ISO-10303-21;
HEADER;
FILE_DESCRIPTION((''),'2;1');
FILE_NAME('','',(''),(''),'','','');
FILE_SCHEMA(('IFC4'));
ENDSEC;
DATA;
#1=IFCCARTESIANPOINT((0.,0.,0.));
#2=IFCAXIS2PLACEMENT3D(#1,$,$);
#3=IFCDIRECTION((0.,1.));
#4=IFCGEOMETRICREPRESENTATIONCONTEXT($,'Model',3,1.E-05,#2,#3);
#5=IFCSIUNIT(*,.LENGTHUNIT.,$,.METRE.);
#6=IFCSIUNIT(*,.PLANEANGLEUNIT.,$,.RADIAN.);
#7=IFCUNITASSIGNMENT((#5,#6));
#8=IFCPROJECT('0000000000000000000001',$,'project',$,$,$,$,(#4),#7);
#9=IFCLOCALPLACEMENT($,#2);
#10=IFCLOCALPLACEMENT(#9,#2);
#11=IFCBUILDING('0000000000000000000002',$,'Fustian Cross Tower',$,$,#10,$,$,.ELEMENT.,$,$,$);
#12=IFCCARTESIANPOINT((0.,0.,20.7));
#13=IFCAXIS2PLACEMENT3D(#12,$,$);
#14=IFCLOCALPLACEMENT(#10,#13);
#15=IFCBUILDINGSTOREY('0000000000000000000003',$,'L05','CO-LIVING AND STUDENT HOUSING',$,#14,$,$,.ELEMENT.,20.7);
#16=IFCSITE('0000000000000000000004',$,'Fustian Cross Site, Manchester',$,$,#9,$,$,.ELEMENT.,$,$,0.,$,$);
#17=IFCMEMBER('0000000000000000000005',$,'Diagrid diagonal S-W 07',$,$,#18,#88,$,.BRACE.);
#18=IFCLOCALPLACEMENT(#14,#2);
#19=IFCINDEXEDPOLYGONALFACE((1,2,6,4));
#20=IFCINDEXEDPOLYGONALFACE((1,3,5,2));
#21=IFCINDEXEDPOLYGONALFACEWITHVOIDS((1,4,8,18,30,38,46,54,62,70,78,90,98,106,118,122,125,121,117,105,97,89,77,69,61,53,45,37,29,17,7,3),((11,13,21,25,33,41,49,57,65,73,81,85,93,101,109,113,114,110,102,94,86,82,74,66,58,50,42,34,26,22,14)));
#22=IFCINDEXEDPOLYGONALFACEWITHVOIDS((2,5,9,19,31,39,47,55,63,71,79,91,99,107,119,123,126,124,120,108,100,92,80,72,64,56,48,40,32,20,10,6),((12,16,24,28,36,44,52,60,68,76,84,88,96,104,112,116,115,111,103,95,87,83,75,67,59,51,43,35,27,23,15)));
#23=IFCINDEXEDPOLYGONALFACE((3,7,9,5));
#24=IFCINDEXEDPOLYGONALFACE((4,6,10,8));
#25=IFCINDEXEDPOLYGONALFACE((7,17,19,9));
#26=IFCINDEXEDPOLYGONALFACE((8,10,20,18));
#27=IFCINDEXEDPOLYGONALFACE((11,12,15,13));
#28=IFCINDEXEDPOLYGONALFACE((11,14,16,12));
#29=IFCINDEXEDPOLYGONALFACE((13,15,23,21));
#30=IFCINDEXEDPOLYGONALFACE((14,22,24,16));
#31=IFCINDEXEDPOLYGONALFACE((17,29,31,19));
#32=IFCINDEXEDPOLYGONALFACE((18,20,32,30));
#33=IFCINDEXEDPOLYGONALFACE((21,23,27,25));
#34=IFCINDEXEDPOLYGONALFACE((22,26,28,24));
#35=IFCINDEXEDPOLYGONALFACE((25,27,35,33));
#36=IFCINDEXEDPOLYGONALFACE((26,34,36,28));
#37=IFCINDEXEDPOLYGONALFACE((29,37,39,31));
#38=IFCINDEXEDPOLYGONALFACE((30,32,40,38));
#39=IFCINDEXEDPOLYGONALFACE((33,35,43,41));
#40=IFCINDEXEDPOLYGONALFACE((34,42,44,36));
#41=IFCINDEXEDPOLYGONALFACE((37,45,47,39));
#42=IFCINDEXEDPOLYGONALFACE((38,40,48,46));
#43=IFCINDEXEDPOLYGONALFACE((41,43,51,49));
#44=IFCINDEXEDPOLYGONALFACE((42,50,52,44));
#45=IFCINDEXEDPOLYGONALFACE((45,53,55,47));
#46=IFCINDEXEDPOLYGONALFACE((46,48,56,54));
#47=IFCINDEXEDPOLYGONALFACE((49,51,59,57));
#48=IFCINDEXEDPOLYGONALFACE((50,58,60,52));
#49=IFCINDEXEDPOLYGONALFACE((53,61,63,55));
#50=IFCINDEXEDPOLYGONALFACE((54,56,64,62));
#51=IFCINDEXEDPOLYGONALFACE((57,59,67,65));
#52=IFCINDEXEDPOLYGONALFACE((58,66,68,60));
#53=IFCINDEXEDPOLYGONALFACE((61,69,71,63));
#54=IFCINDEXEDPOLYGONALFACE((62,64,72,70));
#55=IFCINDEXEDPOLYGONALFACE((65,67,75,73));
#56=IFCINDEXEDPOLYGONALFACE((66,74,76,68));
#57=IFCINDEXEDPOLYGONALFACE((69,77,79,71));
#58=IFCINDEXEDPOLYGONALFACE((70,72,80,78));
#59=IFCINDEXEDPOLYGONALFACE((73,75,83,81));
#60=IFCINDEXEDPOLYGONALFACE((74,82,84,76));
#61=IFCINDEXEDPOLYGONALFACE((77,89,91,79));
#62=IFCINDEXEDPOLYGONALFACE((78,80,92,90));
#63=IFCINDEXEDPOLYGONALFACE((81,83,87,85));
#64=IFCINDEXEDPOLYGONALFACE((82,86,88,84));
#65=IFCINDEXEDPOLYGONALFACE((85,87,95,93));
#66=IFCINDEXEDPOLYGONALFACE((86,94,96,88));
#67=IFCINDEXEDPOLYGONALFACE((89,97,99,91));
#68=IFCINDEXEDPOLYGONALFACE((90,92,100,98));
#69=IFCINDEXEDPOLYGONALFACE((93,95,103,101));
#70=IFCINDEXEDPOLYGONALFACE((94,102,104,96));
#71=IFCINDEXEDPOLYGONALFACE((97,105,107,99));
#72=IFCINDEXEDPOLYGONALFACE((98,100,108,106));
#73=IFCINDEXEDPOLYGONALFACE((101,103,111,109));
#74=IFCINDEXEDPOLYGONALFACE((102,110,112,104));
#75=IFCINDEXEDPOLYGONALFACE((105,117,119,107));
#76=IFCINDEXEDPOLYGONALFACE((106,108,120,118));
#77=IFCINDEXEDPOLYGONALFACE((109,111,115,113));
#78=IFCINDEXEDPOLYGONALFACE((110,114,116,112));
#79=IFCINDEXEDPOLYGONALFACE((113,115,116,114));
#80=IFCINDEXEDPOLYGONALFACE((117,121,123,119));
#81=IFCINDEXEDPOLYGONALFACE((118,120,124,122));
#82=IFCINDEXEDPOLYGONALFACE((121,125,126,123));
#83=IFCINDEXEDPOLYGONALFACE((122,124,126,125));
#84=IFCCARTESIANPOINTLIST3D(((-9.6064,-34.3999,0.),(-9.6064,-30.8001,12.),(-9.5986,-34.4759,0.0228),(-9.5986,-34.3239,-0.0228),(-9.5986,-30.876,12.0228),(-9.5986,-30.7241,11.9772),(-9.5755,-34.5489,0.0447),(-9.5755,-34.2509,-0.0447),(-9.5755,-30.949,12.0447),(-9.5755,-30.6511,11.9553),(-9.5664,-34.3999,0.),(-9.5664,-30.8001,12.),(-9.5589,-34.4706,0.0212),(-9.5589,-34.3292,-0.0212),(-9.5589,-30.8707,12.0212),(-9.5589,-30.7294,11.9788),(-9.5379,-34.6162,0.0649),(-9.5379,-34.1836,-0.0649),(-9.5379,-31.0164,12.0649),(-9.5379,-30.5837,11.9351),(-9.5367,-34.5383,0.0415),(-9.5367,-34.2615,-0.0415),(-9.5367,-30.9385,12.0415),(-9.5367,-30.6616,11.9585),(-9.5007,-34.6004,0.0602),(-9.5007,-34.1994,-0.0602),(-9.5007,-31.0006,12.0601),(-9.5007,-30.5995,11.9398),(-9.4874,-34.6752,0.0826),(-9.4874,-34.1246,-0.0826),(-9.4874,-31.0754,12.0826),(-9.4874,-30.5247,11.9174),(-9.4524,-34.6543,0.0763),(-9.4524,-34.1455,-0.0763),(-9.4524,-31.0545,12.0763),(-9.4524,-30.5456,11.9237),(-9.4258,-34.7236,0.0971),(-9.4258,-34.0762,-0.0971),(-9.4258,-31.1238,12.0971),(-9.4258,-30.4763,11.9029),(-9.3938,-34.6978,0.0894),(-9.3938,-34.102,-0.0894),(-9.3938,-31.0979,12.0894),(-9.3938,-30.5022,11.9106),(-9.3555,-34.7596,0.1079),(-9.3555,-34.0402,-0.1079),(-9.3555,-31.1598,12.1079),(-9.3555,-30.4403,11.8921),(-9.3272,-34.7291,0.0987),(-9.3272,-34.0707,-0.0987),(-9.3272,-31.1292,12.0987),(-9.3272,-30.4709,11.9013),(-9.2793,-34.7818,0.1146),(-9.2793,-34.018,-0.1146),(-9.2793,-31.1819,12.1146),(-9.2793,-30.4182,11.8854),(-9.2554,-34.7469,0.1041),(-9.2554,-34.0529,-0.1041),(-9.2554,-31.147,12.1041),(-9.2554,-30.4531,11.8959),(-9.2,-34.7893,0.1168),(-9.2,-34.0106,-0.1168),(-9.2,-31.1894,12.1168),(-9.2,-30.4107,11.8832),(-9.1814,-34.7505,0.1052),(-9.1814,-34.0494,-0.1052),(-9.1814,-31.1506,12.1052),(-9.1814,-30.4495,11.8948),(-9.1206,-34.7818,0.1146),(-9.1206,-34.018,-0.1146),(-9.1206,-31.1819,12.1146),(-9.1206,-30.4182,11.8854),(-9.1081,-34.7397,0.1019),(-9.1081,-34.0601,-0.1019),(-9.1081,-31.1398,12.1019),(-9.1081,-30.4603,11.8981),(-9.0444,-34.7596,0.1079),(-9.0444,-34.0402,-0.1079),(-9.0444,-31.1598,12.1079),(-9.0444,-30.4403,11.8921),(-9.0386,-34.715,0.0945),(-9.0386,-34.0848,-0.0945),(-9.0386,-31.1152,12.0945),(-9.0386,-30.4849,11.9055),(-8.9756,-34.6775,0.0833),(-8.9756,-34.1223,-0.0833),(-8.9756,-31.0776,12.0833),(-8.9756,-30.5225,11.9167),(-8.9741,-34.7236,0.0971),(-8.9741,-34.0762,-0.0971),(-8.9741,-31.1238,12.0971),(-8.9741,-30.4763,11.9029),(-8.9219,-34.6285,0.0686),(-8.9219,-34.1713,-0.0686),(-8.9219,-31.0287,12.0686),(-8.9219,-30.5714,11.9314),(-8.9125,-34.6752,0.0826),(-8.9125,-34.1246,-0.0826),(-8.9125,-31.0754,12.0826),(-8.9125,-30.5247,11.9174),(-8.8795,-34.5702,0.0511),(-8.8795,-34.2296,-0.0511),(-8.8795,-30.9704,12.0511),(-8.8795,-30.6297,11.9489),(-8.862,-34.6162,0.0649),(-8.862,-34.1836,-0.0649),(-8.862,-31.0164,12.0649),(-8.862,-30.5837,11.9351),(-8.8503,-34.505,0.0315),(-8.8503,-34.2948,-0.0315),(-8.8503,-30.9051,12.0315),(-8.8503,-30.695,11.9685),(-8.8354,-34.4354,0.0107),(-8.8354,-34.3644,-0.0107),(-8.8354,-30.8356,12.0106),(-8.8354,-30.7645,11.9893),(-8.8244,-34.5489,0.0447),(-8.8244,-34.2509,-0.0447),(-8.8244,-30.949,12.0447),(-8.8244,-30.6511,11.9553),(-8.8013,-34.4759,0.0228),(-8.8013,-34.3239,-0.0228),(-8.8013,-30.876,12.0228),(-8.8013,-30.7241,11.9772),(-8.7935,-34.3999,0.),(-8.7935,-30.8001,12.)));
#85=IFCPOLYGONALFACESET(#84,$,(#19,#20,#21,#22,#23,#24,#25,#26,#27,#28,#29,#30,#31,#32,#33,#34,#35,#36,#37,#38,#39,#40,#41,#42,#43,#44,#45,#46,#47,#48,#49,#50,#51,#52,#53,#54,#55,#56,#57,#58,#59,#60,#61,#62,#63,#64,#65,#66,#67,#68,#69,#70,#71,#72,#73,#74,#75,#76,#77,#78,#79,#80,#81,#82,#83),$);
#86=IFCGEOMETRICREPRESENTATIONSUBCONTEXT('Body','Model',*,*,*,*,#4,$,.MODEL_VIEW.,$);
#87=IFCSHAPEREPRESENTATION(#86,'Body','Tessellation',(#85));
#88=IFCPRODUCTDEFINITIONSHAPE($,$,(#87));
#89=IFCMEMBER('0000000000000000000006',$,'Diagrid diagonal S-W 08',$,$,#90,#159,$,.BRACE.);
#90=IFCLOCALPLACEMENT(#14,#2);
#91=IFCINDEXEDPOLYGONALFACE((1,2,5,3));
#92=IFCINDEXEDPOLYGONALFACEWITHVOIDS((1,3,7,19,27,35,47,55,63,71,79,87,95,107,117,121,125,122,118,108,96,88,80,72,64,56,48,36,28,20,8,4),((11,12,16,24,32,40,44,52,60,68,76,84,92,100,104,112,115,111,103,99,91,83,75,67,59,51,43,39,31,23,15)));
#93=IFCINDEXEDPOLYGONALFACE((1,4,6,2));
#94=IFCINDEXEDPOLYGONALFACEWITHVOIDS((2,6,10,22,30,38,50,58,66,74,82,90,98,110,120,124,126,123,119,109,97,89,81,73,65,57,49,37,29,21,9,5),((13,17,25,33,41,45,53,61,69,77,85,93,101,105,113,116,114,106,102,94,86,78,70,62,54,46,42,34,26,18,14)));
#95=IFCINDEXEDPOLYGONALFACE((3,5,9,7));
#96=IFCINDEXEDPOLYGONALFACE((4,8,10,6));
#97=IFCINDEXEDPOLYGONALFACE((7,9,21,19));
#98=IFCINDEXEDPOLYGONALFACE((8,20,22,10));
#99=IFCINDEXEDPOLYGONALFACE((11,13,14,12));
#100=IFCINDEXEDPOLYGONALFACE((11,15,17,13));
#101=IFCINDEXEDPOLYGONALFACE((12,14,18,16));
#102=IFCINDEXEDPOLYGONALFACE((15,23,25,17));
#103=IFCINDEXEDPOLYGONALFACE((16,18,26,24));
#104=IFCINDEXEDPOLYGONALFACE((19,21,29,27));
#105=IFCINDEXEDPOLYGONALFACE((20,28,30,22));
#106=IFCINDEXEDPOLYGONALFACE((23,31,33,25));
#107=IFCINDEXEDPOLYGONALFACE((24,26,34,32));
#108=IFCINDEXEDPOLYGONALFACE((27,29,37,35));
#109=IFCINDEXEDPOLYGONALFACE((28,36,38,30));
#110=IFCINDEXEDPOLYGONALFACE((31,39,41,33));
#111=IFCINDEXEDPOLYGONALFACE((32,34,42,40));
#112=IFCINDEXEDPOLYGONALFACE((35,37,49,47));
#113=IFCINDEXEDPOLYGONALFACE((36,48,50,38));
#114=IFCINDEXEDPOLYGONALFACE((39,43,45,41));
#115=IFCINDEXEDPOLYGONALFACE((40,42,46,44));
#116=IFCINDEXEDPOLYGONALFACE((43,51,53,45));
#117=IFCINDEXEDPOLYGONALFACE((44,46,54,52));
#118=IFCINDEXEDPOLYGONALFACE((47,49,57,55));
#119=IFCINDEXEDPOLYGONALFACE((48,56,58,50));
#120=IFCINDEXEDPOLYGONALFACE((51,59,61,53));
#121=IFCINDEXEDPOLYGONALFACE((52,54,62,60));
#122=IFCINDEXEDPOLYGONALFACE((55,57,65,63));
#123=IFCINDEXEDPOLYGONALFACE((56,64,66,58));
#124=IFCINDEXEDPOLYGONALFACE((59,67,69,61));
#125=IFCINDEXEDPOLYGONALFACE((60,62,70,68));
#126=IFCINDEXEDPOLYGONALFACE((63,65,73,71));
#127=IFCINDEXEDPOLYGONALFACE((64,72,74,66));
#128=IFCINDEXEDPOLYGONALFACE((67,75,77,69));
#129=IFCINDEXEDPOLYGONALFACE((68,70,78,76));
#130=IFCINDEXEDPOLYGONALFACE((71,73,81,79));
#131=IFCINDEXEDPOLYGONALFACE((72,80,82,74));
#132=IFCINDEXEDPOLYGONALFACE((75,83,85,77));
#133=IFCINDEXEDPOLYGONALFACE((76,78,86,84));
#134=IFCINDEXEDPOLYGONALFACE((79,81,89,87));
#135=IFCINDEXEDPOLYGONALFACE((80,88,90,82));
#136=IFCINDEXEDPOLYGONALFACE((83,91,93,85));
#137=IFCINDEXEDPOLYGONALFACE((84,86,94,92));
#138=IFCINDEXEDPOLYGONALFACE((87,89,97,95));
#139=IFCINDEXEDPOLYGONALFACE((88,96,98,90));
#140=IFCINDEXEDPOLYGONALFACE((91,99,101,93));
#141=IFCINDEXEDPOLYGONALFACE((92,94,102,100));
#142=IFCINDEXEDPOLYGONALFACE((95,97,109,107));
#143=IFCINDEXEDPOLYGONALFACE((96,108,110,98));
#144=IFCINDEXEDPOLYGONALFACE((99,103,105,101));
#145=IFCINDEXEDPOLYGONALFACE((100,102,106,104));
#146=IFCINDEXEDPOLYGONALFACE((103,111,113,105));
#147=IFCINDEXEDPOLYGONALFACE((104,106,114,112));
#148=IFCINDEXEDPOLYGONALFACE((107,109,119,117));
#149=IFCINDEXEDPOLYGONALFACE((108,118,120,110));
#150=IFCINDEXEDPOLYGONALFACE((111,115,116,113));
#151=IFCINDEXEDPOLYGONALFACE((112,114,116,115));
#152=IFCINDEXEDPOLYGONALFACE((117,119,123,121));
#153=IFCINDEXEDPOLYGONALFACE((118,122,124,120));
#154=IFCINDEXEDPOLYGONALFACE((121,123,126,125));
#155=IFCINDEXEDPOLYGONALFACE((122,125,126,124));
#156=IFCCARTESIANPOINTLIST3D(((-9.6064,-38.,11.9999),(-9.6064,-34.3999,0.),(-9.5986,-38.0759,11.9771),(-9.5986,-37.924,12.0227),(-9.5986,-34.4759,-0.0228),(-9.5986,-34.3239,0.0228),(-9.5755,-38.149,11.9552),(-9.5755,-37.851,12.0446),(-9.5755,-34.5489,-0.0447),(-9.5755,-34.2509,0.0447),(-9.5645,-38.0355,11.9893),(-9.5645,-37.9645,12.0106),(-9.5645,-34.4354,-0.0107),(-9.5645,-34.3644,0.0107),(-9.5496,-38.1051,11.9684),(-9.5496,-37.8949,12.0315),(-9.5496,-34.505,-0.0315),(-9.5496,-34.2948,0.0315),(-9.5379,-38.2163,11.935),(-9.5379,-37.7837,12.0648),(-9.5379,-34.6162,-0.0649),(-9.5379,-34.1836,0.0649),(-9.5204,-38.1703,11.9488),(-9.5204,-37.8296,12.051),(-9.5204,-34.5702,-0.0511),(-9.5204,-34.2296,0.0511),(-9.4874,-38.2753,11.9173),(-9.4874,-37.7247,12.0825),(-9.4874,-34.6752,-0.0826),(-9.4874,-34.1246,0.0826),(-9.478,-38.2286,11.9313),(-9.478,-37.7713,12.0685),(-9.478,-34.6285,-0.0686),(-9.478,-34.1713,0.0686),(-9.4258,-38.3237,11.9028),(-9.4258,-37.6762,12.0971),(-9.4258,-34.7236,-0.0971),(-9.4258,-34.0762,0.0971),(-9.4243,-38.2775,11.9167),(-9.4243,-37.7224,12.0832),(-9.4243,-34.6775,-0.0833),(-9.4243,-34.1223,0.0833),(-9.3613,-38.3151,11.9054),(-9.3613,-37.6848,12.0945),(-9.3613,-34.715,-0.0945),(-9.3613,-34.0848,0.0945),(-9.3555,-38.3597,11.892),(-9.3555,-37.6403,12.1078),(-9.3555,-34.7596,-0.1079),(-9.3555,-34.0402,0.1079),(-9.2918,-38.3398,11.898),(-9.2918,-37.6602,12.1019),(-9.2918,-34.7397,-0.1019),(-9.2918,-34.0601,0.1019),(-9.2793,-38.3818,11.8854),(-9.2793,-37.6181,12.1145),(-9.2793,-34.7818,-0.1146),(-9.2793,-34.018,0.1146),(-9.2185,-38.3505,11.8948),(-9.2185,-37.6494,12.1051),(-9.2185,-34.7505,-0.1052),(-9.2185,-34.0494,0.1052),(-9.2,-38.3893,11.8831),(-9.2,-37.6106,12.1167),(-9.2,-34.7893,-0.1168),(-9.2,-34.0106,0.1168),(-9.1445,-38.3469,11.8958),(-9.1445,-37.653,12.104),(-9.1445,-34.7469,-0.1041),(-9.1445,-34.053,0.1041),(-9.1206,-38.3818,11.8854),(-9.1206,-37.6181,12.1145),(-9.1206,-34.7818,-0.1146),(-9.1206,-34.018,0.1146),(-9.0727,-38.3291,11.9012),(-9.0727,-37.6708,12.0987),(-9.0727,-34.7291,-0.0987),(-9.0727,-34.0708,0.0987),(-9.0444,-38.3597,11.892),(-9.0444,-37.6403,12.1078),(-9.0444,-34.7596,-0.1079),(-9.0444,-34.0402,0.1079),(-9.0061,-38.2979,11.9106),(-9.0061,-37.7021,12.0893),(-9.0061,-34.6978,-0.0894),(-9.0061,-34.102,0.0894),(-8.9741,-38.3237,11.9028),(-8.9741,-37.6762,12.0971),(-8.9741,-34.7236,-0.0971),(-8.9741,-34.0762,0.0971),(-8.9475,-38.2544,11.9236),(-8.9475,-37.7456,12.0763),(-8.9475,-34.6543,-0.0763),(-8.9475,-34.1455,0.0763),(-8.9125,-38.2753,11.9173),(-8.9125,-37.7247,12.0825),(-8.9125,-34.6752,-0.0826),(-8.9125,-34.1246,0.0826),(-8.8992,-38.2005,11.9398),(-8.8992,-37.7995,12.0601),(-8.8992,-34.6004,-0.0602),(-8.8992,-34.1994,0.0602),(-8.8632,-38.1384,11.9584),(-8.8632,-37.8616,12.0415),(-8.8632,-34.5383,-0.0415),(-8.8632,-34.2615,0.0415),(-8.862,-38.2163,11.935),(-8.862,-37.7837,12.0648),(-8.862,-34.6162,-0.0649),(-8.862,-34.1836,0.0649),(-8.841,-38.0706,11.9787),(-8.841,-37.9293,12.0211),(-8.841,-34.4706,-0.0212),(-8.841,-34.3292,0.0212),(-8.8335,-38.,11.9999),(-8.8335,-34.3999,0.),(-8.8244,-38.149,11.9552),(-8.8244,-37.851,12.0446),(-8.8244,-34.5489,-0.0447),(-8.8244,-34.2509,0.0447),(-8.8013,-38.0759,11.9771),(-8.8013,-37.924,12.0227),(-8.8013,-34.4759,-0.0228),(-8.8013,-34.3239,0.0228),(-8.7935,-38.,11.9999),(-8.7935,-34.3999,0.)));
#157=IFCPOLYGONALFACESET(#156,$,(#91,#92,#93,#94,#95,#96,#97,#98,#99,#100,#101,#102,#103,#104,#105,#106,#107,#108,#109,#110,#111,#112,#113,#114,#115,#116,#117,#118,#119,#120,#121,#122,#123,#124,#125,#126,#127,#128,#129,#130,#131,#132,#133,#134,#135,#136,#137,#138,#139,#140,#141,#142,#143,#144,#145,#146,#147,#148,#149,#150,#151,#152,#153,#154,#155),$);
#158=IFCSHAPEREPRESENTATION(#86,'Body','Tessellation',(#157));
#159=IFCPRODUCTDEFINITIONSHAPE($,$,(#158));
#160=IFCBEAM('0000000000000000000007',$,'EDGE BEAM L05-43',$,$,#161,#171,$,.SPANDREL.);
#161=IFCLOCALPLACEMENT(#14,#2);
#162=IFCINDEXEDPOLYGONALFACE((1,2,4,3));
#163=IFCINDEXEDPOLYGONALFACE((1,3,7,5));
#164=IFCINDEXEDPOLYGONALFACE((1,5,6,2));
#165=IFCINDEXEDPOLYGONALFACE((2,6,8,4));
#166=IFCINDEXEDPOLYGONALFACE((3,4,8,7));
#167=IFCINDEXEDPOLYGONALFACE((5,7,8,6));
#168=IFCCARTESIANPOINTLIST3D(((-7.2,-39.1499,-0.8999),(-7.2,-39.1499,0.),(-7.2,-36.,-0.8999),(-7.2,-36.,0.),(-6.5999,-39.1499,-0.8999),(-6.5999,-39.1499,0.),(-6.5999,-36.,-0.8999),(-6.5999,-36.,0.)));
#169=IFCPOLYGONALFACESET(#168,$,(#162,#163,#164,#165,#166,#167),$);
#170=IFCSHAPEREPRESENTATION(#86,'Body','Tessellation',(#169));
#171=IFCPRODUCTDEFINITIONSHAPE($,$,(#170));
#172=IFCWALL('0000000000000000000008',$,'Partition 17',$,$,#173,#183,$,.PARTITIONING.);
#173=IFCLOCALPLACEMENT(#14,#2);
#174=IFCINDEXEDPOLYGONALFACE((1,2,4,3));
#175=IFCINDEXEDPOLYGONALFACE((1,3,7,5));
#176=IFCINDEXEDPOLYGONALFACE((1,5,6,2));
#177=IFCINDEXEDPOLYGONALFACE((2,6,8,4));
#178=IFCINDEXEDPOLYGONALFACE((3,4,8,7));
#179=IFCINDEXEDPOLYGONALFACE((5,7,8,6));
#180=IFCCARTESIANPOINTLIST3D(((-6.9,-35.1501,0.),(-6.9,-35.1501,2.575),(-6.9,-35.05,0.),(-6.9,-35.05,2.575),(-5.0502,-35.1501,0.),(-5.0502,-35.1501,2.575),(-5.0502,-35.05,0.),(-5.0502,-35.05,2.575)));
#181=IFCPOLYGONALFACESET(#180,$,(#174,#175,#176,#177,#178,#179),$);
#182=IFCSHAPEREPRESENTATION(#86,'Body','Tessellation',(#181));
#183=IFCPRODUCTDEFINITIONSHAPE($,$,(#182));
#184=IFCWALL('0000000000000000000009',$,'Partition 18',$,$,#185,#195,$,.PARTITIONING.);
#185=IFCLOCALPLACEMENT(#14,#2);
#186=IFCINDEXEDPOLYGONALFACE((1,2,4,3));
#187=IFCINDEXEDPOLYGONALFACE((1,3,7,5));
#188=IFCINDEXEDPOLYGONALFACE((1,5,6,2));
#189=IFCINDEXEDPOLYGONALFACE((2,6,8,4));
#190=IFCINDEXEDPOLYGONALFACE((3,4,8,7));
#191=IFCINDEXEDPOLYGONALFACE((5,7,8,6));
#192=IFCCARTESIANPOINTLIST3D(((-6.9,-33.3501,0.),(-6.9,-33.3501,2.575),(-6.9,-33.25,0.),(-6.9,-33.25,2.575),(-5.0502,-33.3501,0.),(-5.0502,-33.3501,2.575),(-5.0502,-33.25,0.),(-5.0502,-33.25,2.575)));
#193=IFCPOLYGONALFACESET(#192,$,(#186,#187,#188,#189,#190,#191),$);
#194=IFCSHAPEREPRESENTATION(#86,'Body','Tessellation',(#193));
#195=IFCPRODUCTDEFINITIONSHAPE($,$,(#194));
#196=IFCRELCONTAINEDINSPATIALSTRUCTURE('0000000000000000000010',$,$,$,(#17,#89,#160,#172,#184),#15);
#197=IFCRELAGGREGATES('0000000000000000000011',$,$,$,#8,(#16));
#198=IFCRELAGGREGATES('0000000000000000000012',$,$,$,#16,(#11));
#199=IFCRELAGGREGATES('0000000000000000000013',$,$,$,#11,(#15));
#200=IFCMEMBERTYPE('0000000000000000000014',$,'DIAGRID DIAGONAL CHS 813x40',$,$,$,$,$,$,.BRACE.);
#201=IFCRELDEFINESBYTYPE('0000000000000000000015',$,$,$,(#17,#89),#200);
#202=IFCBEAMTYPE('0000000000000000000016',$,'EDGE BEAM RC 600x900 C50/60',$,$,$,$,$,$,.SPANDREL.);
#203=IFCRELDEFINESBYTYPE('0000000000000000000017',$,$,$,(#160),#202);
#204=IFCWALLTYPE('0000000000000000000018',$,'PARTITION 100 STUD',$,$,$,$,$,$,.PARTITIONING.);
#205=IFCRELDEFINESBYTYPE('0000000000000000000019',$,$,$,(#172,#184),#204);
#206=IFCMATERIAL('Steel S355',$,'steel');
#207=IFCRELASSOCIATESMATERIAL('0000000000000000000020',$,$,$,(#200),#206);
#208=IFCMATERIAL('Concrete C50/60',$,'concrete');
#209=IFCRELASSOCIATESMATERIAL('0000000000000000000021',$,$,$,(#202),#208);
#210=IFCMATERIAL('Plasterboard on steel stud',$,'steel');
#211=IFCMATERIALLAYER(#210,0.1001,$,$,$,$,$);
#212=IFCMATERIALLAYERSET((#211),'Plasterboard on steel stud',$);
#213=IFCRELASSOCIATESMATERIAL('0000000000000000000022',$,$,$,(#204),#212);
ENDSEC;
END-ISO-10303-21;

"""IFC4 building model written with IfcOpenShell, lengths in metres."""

from ifc_helpers import new_model, si_unit, direction, frame, frame_2d, origin, origin_2d, place, context, subcontext, project, spatial, rectangle, hollow_circle, extrude, material, layer, layer_set, material_profile, profile_set, type_object, element, save


model = new_model("IFC4")

# Units and contexts
model_context = context("Model", 3, precision=1e-05, world=origin(), true_north=direction((0.0, 1.0)))
body_context = subcontext(model_context, "Body", "Model", "MODEL_VIEW")
ifc_project = project(units=[si_unit("LENGTHUNIT", "METRE"), si_unit("PLANEANGLEUNIT", "RADIAN")], contexts=[model_context])

# Site, building, storey
site_placement = place(None, origin())
site = spatial("IfcSite", under=ifc_project, at=site_placement, Name="Fustian Cross Site, Manchester", CompositionType="ELEMENT", RefElevation=0.0)
building_placement = place(site_placement, origin())
building = spatial("IfcBuilding", under=site, at=building_placement, Name="Fustian Cross Tower", CompositionType="ELEMENT")
storey_placement = place(building_placement, frame((0.0, 0.0, 20.7)))
storey = spatial("IfcBuildingStorey", under=building, at=storey_placement, Name="L05", Description="CO-LIVING AND STUDENT HOUSING", CompositionType="ELEMENT", Elevation=20.7)

# Members
ifc_material_1 = material(Name="Steel S355", Category="steel")
ifc_material_profile_1 = material_profile(ifc_material_1, hollow_circle(Radius=0.4065, WallThickness=0.04, at=origin_2d()), Name="CHS 813x40")
ifc_profile_set_1 = profile_set([ifc_material_profile_1], Name="Steel S355")
member_type = type_object("IfcMemberType", Name="DIAGRID DIAGONAL CHS 813x40", PredefinedType="BRACE", material=ifc_profile_set_1)
for number, where, z_axis, x_axis, name in (
    (1, (-9.2, -34.3999, 0.0), (0.0, 0.287337, 0.95783), (-1.0, 0.0, 0.0), "Diagrid diagonal S-W 07"),
    (2, (-9.2, -34.3999, 0.0), (0.0, -0.287355, 0.957824), (1.0, 0.0, 0.0), "Diagrid diagonal S-W 08"),
):
    element("IfcMember", number, at=place(storey_placement, frame(where, z_axis=z_axis, x_axis=x_axis)), inside=storey, type_object=member_type, Name=name, PredefinedType="BRACE", context=body_context, shape_type="SweptSolid", body=[
        extrude(hollow_circle(Radius=0.4065, WallThickness=0.04, at=origin_2d()), origin(), (0.0, 0.0, 1.0), 12.5283),
    ])

# Beam
ifc_material_2 = material(Name="Concrete C50/60", Category="concrete")
ifc_material_profile_2 = material_profile(ifc_material_2, rectangle(XDim=0.6001, YDim=0.8999, at=origin_2d()), Name="RC 600x900")
ifc_profile_set_2 = profile_set([ifc_material_profile_2], Name="Concrete C50/60")
beam_type = type_object("IfcBeamType", Name="EDGE BEAM RC 600x900 C50/60", PredefinedType="SPANDREL", material=ifc_profile_set_2)
beam_placement = place(storey_placement, frame((-6.8999, -36.0, -0.45), z_axis=(0.0, -1.0, 0.0), x_axis=(1.0, 0.0, 0.0)))
element("IfcBeam", 3, at=beam_placement, inside=storey, type_object=beam_type, Name="EDGE BEAM L05-43", PredefinedType="SPANDREL", context=body_context, shape_type="SweptSolid", body=[
    extrude(rectangle(XDim=0.6001, YDim=0.8999, at=origin_2d()), origin(), (0.0, 0.0, 1.0), 3.1499),
])

# Walls
ifc_material_3 = material(Name="Plasterboard on steel stud", Category="steel")
ifc_layer_1 = layer(ifc_material_3, 0.1001)
ifc_layer_set_1 = layer_set([ifc_layer_1], Name="Plasterboard on steel stud")
wall_type_1 = type_object("IfcWallType", Name="PARTITION 100 STUD", PredefinedType="PARTITIONING", material=ifc_layer_set_1)
for number, where, z_axis, x_axis, name in (
    (4, (-6.8999, -35.1001, 0.0), (0.0, 0.0, 1.0), (1.0, 0.0, 0.0), "Partition 17"),
    (5, (-6.8999, -33.3, 0.0), (0.0, 0.0, 1.0), (1.0, 0.0, 0.0), "Partition 18"),
):
    element("IfcWall", number, at=place(storey_placement, frame(where, z_axis=z_axis, x_axis=x_axis)), inside=storey, type_object=wall_type_1, Name=name, PredefinedType="PARTITIONING", context=body_context, shape_type="SweptSolid", body=[
        extrude(rectangle(XDim=1.8499, YDim=0.1001, at=frame_2d((0.9248, 0.0))), origin(), (0.0, 0.0, 1.0), 2.575),
    ])

save(model, "model.ifc")
